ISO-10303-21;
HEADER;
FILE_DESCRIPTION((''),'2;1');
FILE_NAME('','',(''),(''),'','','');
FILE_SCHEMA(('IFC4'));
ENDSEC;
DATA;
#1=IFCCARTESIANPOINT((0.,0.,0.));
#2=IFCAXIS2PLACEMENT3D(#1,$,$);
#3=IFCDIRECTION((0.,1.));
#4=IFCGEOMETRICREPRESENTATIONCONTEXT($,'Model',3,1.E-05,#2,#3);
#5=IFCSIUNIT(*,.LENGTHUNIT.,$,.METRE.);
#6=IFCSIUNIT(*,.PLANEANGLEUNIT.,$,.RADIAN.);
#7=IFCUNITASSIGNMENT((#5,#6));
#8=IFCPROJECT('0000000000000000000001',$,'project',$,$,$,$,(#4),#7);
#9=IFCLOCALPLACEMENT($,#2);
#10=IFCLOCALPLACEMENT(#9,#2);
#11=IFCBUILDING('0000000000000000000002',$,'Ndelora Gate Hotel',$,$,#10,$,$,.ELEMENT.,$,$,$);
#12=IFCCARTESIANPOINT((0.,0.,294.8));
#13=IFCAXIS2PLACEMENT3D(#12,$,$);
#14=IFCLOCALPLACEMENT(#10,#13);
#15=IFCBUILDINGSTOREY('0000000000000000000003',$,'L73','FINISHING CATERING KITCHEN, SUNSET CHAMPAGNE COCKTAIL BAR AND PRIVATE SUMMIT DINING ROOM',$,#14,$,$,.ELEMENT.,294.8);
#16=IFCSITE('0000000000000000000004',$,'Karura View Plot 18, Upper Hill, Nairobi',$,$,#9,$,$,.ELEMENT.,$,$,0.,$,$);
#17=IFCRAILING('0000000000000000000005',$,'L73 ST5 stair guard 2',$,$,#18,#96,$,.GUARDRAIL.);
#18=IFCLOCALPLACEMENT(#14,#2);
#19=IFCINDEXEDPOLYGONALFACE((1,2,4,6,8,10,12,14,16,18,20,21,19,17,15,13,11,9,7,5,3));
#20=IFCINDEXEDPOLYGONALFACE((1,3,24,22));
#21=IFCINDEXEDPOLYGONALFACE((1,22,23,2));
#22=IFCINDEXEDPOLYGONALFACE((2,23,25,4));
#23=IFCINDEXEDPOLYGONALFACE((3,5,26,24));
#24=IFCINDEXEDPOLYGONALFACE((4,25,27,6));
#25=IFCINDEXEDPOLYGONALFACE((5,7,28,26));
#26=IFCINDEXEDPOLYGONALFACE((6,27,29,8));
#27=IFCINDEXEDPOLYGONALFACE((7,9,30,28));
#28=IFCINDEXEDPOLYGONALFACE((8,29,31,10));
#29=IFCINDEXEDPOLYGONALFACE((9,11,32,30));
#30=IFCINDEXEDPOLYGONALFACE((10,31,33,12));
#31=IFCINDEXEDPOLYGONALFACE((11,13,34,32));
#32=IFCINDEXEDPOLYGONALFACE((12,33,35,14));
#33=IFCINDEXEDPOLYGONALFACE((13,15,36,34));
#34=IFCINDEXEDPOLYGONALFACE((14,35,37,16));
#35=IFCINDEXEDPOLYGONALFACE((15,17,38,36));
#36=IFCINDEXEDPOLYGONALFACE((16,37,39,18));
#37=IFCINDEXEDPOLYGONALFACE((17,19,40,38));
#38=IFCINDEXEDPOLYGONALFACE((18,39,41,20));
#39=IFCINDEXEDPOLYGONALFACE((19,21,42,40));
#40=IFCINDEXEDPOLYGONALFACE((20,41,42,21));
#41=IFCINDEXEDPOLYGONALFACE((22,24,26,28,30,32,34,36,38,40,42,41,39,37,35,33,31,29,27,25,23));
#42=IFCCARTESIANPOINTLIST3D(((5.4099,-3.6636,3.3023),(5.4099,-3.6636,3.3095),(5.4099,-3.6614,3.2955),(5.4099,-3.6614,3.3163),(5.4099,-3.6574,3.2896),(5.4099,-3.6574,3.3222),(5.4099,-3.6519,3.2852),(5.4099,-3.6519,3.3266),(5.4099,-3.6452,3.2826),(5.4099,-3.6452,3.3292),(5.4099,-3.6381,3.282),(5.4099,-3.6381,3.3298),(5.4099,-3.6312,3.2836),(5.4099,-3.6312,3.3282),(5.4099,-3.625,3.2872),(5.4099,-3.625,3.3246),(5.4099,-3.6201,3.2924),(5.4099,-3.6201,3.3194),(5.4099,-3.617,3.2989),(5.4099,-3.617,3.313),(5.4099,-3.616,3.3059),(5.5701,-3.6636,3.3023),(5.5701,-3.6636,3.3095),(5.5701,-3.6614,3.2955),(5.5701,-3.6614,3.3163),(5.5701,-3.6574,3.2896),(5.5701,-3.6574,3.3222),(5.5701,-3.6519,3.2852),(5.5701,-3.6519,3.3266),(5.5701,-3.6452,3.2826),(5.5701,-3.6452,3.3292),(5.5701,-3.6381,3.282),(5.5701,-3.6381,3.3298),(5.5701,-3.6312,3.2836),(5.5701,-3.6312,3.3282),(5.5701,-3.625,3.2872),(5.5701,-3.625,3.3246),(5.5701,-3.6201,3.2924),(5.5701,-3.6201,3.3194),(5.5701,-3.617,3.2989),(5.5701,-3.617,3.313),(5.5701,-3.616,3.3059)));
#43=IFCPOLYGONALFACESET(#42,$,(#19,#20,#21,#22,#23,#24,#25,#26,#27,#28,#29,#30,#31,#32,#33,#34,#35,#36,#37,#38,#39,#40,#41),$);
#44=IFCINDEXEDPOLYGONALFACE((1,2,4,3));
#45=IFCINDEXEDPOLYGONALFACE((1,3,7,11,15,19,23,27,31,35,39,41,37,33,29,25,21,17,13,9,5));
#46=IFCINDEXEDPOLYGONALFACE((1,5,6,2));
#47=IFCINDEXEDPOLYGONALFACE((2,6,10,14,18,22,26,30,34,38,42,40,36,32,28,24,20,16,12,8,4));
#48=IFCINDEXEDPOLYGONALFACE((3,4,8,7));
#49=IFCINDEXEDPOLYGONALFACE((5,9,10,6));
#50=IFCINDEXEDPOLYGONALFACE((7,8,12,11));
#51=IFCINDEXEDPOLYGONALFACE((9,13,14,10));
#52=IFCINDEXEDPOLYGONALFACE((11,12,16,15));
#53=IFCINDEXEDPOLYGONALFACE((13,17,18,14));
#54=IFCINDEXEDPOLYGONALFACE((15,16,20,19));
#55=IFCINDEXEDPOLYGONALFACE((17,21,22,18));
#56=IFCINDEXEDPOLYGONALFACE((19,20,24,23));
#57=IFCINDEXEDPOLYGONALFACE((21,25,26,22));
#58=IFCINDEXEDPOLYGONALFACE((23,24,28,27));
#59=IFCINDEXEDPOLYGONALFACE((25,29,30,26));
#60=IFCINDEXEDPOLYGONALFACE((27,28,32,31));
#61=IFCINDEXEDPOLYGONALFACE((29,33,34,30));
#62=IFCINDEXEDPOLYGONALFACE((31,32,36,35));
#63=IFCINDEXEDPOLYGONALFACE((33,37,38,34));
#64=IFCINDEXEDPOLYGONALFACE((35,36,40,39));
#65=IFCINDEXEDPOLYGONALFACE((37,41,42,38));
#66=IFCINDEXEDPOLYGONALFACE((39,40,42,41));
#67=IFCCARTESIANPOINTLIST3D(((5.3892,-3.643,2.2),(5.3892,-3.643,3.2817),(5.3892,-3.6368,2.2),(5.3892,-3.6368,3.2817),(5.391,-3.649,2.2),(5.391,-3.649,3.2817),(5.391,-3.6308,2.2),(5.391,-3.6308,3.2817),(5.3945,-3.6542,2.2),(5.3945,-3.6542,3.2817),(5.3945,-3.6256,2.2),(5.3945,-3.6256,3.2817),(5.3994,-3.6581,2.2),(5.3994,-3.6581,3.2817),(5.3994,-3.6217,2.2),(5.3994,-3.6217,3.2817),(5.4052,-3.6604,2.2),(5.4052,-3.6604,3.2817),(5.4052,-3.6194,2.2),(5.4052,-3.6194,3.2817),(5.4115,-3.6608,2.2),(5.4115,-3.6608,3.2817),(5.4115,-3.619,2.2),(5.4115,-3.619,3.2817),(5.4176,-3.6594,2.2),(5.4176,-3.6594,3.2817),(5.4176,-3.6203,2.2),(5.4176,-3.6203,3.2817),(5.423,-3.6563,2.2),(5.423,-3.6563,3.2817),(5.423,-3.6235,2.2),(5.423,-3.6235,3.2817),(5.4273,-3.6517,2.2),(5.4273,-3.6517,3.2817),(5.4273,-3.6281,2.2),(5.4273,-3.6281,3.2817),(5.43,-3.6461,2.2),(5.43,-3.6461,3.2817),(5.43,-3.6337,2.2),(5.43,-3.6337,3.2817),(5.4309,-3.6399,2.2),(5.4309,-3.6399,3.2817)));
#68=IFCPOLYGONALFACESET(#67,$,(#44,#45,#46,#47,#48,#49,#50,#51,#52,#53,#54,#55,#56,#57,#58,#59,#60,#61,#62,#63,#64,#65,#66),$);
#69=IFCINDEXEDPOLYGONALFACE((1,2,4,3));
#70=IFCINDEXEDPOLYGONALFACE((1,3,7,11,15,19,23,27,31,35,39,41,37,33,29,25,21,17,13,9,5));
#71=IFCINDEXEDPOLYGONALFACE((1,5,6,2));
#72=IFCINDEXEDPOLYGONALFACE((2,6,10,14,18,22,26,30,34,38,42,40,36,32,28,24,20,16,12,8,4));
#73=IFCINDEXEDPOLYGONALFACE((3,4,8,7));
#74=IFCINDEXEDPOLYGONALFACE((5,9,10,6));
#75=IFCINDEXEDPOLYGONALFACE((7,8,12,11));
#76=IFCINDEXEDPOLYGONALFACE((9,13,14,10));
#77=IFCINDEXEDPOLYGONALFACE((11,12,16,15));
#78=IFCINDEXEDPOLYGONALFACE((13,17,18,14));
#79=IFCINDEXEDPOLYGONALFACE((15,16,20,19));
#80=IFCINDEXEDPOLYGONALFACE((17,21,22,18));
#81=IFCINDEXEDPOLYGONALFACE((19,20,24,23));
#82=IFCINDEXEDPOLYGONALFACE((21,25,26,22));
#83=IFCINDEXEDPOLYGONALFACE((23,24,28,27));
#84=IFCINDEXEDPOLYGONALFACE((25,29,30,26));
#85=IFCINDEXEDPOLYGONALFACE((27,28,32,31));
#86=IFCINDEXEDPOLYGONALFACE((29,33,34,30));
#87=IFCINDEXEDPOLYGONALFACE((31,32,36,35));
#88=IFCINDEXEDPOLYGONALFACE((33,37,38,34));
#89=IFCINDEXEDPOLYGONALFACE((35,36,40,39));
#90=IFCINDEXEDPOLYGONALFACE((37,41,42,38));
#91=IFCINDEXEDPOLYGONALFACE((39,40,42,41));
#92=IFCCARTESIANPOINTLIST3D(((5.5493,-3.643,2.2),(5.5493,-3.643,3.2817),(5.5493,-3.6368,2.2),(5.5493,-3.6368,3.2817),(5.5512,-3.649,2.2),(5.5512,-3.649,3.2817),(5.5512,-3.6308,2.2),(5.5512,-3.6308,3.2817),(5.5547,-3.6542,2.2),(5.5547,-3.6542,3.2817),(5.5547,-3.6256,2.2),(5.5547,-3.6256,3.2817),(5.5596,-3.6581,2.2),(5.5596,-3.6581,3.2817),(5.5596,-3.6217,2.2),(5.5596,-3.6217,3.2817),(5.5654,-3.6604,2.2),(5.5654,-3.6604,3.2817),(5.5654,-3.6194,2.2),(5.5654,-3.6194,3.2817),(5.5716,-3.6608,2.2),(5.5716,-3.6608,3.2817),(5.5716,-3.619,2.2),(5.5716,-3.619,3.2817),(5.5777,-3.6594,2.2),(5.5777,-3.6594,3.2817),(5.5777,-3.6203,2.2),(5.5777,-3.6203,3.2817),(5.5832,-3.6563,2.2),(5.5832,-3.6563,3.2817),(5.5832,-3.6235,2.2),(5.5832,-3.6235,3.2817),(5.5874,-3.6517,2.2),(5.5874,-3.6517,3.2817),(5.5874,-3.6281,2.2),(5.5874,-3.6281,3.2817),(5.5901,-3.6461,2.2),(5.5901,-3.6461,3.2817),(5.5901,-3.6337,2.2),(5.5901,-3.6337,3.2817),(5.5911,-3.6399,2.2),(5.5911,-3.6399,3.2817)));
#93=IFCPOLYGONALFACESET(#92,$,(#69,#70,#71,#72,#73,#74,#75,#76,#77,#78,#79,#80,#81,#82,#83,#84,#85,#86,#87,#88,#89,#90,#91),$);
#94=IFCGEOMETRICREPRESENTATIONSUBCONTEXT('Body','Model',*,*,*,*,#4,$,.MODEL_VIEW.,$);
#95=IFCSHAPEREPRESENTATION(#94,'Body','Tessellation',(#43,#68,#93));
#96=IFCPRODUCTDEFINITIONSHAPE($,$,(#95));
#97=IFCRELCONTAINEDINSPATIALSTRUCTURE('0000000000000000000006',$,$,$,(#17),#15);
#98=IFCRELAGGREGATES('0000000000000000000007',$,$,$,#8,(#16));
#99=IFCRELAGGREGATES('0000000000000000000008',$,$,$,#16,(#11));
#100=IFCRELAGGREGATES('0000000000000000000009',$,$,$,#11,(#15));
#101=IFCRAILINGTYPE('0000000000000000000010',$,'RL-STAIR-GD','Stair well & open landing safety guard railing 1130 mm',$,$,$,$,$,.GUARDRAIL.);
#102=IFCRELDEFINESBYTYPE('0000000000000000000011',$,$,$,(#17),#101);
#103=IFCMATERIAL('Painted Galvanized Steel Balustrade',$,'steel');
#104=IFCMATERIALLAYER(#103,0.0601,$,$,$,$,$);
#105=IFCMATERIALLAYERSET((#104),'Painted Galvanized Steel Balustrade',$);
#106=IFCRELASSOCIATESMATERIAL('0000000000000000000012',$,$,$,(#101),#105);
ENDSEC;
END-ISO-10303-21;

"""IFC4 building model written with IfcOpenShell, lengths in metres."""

from ifc_helpers import new_model, si_unit, direction, frame, origin, origin_2d, place, context, subcontext, project, spatial, circle, extrude, material, layer, layer_set, type_object, element, save


model = new_model("IFC4")

# Units and contexts
model_context = context("Model", 3, precision=1e-05, world=origin(), true_north=direction((0.0, 1.0)))
body_context = subcontext(model_context, "Body", "Model", "MODEL_VIEW")
ifc_project = project(units=[si_unit("LENGTHUNIT", "METRE"), si_unit("PLANEANGLEUNIT", "RADIAN")], contexts=[model_context])

# Site, building, storey
site_placement = place(None, origin())
site = spatial("IfcSite", under=ifc_project, at=site_placement, Name="Karura View Plot 18, Upper Hill, Nairobi", CompositionType="ELEMENT", RefElevation=0.0)
building_placement = place(site_placement, origin())
building = spatial("IfcBuilding", under=site, at=building_placement, Name="Ndelora Gate Hotel", CompositionType="ELEMENT")
storey_placement = place(building_placement, frame((0.0, 0.0, 294.8)))
storey = spatial("IfcBuildingStorey", under=building, at=storey_placement, Name="L73", Description="FINISHING CATERING KITCHEN, SUNSET CHAMPAGNE COCKTAIL BAR AND PRIVATE SUMMIT DINING ROOM", CompositionType="ELEMENT", Elevation=294.8)

# Railing
ifc_material_1 = material(Name="Painted Galvanized Steel Balustrade", Category="steel")
ifc_layer_1 = layer(ifc_material_1, 0.0601)
ifc_layer_set_1 = layer_set([ifc_layer_1], Name="Painted Galvanized Steel Balustrade")
railing_type_1 = type_object("IfcRailingType", Name="RL-STAIR-GD", Description="Stair well & open landing safety guard railing 1130 mm", PredefinedType="GUARDRAIL", material=ifc_layer_set_1)
railing_1_placement = place(storey_placement, frame((5.4099, -3.6399, 2.2)))
element("IfcRailing", 1, at=railing_1_placement, inside=storey, type_object=railing_type_1, Name="L73 ST5 stair guard 2", PredefinedType="GUARDRAIL", context=body_context, shape_type="SweptSolid", body=[
    extrude(circle(Radius=0.0239, at=origin_2d()), frame((0.0, 0.0, 1.106), z_axis=(1.0, 0.0, 0.0), x_axis=(0.0, 1.0, 0.0)), (0.0, 0.0, 1.0), 0.1602),
    extrude(circle(Radius=0.021, at=origin_2d()), origin(), (0.0, 0.0, 1.0), 1.0818),
    extrude(circle(Radius=0.021, at=origin_2d()), frame((0.1602, 0.0, 0.0)), (0.0, 0.0, 1.0), 1.0818),
])

save(model, "model.ifc")
